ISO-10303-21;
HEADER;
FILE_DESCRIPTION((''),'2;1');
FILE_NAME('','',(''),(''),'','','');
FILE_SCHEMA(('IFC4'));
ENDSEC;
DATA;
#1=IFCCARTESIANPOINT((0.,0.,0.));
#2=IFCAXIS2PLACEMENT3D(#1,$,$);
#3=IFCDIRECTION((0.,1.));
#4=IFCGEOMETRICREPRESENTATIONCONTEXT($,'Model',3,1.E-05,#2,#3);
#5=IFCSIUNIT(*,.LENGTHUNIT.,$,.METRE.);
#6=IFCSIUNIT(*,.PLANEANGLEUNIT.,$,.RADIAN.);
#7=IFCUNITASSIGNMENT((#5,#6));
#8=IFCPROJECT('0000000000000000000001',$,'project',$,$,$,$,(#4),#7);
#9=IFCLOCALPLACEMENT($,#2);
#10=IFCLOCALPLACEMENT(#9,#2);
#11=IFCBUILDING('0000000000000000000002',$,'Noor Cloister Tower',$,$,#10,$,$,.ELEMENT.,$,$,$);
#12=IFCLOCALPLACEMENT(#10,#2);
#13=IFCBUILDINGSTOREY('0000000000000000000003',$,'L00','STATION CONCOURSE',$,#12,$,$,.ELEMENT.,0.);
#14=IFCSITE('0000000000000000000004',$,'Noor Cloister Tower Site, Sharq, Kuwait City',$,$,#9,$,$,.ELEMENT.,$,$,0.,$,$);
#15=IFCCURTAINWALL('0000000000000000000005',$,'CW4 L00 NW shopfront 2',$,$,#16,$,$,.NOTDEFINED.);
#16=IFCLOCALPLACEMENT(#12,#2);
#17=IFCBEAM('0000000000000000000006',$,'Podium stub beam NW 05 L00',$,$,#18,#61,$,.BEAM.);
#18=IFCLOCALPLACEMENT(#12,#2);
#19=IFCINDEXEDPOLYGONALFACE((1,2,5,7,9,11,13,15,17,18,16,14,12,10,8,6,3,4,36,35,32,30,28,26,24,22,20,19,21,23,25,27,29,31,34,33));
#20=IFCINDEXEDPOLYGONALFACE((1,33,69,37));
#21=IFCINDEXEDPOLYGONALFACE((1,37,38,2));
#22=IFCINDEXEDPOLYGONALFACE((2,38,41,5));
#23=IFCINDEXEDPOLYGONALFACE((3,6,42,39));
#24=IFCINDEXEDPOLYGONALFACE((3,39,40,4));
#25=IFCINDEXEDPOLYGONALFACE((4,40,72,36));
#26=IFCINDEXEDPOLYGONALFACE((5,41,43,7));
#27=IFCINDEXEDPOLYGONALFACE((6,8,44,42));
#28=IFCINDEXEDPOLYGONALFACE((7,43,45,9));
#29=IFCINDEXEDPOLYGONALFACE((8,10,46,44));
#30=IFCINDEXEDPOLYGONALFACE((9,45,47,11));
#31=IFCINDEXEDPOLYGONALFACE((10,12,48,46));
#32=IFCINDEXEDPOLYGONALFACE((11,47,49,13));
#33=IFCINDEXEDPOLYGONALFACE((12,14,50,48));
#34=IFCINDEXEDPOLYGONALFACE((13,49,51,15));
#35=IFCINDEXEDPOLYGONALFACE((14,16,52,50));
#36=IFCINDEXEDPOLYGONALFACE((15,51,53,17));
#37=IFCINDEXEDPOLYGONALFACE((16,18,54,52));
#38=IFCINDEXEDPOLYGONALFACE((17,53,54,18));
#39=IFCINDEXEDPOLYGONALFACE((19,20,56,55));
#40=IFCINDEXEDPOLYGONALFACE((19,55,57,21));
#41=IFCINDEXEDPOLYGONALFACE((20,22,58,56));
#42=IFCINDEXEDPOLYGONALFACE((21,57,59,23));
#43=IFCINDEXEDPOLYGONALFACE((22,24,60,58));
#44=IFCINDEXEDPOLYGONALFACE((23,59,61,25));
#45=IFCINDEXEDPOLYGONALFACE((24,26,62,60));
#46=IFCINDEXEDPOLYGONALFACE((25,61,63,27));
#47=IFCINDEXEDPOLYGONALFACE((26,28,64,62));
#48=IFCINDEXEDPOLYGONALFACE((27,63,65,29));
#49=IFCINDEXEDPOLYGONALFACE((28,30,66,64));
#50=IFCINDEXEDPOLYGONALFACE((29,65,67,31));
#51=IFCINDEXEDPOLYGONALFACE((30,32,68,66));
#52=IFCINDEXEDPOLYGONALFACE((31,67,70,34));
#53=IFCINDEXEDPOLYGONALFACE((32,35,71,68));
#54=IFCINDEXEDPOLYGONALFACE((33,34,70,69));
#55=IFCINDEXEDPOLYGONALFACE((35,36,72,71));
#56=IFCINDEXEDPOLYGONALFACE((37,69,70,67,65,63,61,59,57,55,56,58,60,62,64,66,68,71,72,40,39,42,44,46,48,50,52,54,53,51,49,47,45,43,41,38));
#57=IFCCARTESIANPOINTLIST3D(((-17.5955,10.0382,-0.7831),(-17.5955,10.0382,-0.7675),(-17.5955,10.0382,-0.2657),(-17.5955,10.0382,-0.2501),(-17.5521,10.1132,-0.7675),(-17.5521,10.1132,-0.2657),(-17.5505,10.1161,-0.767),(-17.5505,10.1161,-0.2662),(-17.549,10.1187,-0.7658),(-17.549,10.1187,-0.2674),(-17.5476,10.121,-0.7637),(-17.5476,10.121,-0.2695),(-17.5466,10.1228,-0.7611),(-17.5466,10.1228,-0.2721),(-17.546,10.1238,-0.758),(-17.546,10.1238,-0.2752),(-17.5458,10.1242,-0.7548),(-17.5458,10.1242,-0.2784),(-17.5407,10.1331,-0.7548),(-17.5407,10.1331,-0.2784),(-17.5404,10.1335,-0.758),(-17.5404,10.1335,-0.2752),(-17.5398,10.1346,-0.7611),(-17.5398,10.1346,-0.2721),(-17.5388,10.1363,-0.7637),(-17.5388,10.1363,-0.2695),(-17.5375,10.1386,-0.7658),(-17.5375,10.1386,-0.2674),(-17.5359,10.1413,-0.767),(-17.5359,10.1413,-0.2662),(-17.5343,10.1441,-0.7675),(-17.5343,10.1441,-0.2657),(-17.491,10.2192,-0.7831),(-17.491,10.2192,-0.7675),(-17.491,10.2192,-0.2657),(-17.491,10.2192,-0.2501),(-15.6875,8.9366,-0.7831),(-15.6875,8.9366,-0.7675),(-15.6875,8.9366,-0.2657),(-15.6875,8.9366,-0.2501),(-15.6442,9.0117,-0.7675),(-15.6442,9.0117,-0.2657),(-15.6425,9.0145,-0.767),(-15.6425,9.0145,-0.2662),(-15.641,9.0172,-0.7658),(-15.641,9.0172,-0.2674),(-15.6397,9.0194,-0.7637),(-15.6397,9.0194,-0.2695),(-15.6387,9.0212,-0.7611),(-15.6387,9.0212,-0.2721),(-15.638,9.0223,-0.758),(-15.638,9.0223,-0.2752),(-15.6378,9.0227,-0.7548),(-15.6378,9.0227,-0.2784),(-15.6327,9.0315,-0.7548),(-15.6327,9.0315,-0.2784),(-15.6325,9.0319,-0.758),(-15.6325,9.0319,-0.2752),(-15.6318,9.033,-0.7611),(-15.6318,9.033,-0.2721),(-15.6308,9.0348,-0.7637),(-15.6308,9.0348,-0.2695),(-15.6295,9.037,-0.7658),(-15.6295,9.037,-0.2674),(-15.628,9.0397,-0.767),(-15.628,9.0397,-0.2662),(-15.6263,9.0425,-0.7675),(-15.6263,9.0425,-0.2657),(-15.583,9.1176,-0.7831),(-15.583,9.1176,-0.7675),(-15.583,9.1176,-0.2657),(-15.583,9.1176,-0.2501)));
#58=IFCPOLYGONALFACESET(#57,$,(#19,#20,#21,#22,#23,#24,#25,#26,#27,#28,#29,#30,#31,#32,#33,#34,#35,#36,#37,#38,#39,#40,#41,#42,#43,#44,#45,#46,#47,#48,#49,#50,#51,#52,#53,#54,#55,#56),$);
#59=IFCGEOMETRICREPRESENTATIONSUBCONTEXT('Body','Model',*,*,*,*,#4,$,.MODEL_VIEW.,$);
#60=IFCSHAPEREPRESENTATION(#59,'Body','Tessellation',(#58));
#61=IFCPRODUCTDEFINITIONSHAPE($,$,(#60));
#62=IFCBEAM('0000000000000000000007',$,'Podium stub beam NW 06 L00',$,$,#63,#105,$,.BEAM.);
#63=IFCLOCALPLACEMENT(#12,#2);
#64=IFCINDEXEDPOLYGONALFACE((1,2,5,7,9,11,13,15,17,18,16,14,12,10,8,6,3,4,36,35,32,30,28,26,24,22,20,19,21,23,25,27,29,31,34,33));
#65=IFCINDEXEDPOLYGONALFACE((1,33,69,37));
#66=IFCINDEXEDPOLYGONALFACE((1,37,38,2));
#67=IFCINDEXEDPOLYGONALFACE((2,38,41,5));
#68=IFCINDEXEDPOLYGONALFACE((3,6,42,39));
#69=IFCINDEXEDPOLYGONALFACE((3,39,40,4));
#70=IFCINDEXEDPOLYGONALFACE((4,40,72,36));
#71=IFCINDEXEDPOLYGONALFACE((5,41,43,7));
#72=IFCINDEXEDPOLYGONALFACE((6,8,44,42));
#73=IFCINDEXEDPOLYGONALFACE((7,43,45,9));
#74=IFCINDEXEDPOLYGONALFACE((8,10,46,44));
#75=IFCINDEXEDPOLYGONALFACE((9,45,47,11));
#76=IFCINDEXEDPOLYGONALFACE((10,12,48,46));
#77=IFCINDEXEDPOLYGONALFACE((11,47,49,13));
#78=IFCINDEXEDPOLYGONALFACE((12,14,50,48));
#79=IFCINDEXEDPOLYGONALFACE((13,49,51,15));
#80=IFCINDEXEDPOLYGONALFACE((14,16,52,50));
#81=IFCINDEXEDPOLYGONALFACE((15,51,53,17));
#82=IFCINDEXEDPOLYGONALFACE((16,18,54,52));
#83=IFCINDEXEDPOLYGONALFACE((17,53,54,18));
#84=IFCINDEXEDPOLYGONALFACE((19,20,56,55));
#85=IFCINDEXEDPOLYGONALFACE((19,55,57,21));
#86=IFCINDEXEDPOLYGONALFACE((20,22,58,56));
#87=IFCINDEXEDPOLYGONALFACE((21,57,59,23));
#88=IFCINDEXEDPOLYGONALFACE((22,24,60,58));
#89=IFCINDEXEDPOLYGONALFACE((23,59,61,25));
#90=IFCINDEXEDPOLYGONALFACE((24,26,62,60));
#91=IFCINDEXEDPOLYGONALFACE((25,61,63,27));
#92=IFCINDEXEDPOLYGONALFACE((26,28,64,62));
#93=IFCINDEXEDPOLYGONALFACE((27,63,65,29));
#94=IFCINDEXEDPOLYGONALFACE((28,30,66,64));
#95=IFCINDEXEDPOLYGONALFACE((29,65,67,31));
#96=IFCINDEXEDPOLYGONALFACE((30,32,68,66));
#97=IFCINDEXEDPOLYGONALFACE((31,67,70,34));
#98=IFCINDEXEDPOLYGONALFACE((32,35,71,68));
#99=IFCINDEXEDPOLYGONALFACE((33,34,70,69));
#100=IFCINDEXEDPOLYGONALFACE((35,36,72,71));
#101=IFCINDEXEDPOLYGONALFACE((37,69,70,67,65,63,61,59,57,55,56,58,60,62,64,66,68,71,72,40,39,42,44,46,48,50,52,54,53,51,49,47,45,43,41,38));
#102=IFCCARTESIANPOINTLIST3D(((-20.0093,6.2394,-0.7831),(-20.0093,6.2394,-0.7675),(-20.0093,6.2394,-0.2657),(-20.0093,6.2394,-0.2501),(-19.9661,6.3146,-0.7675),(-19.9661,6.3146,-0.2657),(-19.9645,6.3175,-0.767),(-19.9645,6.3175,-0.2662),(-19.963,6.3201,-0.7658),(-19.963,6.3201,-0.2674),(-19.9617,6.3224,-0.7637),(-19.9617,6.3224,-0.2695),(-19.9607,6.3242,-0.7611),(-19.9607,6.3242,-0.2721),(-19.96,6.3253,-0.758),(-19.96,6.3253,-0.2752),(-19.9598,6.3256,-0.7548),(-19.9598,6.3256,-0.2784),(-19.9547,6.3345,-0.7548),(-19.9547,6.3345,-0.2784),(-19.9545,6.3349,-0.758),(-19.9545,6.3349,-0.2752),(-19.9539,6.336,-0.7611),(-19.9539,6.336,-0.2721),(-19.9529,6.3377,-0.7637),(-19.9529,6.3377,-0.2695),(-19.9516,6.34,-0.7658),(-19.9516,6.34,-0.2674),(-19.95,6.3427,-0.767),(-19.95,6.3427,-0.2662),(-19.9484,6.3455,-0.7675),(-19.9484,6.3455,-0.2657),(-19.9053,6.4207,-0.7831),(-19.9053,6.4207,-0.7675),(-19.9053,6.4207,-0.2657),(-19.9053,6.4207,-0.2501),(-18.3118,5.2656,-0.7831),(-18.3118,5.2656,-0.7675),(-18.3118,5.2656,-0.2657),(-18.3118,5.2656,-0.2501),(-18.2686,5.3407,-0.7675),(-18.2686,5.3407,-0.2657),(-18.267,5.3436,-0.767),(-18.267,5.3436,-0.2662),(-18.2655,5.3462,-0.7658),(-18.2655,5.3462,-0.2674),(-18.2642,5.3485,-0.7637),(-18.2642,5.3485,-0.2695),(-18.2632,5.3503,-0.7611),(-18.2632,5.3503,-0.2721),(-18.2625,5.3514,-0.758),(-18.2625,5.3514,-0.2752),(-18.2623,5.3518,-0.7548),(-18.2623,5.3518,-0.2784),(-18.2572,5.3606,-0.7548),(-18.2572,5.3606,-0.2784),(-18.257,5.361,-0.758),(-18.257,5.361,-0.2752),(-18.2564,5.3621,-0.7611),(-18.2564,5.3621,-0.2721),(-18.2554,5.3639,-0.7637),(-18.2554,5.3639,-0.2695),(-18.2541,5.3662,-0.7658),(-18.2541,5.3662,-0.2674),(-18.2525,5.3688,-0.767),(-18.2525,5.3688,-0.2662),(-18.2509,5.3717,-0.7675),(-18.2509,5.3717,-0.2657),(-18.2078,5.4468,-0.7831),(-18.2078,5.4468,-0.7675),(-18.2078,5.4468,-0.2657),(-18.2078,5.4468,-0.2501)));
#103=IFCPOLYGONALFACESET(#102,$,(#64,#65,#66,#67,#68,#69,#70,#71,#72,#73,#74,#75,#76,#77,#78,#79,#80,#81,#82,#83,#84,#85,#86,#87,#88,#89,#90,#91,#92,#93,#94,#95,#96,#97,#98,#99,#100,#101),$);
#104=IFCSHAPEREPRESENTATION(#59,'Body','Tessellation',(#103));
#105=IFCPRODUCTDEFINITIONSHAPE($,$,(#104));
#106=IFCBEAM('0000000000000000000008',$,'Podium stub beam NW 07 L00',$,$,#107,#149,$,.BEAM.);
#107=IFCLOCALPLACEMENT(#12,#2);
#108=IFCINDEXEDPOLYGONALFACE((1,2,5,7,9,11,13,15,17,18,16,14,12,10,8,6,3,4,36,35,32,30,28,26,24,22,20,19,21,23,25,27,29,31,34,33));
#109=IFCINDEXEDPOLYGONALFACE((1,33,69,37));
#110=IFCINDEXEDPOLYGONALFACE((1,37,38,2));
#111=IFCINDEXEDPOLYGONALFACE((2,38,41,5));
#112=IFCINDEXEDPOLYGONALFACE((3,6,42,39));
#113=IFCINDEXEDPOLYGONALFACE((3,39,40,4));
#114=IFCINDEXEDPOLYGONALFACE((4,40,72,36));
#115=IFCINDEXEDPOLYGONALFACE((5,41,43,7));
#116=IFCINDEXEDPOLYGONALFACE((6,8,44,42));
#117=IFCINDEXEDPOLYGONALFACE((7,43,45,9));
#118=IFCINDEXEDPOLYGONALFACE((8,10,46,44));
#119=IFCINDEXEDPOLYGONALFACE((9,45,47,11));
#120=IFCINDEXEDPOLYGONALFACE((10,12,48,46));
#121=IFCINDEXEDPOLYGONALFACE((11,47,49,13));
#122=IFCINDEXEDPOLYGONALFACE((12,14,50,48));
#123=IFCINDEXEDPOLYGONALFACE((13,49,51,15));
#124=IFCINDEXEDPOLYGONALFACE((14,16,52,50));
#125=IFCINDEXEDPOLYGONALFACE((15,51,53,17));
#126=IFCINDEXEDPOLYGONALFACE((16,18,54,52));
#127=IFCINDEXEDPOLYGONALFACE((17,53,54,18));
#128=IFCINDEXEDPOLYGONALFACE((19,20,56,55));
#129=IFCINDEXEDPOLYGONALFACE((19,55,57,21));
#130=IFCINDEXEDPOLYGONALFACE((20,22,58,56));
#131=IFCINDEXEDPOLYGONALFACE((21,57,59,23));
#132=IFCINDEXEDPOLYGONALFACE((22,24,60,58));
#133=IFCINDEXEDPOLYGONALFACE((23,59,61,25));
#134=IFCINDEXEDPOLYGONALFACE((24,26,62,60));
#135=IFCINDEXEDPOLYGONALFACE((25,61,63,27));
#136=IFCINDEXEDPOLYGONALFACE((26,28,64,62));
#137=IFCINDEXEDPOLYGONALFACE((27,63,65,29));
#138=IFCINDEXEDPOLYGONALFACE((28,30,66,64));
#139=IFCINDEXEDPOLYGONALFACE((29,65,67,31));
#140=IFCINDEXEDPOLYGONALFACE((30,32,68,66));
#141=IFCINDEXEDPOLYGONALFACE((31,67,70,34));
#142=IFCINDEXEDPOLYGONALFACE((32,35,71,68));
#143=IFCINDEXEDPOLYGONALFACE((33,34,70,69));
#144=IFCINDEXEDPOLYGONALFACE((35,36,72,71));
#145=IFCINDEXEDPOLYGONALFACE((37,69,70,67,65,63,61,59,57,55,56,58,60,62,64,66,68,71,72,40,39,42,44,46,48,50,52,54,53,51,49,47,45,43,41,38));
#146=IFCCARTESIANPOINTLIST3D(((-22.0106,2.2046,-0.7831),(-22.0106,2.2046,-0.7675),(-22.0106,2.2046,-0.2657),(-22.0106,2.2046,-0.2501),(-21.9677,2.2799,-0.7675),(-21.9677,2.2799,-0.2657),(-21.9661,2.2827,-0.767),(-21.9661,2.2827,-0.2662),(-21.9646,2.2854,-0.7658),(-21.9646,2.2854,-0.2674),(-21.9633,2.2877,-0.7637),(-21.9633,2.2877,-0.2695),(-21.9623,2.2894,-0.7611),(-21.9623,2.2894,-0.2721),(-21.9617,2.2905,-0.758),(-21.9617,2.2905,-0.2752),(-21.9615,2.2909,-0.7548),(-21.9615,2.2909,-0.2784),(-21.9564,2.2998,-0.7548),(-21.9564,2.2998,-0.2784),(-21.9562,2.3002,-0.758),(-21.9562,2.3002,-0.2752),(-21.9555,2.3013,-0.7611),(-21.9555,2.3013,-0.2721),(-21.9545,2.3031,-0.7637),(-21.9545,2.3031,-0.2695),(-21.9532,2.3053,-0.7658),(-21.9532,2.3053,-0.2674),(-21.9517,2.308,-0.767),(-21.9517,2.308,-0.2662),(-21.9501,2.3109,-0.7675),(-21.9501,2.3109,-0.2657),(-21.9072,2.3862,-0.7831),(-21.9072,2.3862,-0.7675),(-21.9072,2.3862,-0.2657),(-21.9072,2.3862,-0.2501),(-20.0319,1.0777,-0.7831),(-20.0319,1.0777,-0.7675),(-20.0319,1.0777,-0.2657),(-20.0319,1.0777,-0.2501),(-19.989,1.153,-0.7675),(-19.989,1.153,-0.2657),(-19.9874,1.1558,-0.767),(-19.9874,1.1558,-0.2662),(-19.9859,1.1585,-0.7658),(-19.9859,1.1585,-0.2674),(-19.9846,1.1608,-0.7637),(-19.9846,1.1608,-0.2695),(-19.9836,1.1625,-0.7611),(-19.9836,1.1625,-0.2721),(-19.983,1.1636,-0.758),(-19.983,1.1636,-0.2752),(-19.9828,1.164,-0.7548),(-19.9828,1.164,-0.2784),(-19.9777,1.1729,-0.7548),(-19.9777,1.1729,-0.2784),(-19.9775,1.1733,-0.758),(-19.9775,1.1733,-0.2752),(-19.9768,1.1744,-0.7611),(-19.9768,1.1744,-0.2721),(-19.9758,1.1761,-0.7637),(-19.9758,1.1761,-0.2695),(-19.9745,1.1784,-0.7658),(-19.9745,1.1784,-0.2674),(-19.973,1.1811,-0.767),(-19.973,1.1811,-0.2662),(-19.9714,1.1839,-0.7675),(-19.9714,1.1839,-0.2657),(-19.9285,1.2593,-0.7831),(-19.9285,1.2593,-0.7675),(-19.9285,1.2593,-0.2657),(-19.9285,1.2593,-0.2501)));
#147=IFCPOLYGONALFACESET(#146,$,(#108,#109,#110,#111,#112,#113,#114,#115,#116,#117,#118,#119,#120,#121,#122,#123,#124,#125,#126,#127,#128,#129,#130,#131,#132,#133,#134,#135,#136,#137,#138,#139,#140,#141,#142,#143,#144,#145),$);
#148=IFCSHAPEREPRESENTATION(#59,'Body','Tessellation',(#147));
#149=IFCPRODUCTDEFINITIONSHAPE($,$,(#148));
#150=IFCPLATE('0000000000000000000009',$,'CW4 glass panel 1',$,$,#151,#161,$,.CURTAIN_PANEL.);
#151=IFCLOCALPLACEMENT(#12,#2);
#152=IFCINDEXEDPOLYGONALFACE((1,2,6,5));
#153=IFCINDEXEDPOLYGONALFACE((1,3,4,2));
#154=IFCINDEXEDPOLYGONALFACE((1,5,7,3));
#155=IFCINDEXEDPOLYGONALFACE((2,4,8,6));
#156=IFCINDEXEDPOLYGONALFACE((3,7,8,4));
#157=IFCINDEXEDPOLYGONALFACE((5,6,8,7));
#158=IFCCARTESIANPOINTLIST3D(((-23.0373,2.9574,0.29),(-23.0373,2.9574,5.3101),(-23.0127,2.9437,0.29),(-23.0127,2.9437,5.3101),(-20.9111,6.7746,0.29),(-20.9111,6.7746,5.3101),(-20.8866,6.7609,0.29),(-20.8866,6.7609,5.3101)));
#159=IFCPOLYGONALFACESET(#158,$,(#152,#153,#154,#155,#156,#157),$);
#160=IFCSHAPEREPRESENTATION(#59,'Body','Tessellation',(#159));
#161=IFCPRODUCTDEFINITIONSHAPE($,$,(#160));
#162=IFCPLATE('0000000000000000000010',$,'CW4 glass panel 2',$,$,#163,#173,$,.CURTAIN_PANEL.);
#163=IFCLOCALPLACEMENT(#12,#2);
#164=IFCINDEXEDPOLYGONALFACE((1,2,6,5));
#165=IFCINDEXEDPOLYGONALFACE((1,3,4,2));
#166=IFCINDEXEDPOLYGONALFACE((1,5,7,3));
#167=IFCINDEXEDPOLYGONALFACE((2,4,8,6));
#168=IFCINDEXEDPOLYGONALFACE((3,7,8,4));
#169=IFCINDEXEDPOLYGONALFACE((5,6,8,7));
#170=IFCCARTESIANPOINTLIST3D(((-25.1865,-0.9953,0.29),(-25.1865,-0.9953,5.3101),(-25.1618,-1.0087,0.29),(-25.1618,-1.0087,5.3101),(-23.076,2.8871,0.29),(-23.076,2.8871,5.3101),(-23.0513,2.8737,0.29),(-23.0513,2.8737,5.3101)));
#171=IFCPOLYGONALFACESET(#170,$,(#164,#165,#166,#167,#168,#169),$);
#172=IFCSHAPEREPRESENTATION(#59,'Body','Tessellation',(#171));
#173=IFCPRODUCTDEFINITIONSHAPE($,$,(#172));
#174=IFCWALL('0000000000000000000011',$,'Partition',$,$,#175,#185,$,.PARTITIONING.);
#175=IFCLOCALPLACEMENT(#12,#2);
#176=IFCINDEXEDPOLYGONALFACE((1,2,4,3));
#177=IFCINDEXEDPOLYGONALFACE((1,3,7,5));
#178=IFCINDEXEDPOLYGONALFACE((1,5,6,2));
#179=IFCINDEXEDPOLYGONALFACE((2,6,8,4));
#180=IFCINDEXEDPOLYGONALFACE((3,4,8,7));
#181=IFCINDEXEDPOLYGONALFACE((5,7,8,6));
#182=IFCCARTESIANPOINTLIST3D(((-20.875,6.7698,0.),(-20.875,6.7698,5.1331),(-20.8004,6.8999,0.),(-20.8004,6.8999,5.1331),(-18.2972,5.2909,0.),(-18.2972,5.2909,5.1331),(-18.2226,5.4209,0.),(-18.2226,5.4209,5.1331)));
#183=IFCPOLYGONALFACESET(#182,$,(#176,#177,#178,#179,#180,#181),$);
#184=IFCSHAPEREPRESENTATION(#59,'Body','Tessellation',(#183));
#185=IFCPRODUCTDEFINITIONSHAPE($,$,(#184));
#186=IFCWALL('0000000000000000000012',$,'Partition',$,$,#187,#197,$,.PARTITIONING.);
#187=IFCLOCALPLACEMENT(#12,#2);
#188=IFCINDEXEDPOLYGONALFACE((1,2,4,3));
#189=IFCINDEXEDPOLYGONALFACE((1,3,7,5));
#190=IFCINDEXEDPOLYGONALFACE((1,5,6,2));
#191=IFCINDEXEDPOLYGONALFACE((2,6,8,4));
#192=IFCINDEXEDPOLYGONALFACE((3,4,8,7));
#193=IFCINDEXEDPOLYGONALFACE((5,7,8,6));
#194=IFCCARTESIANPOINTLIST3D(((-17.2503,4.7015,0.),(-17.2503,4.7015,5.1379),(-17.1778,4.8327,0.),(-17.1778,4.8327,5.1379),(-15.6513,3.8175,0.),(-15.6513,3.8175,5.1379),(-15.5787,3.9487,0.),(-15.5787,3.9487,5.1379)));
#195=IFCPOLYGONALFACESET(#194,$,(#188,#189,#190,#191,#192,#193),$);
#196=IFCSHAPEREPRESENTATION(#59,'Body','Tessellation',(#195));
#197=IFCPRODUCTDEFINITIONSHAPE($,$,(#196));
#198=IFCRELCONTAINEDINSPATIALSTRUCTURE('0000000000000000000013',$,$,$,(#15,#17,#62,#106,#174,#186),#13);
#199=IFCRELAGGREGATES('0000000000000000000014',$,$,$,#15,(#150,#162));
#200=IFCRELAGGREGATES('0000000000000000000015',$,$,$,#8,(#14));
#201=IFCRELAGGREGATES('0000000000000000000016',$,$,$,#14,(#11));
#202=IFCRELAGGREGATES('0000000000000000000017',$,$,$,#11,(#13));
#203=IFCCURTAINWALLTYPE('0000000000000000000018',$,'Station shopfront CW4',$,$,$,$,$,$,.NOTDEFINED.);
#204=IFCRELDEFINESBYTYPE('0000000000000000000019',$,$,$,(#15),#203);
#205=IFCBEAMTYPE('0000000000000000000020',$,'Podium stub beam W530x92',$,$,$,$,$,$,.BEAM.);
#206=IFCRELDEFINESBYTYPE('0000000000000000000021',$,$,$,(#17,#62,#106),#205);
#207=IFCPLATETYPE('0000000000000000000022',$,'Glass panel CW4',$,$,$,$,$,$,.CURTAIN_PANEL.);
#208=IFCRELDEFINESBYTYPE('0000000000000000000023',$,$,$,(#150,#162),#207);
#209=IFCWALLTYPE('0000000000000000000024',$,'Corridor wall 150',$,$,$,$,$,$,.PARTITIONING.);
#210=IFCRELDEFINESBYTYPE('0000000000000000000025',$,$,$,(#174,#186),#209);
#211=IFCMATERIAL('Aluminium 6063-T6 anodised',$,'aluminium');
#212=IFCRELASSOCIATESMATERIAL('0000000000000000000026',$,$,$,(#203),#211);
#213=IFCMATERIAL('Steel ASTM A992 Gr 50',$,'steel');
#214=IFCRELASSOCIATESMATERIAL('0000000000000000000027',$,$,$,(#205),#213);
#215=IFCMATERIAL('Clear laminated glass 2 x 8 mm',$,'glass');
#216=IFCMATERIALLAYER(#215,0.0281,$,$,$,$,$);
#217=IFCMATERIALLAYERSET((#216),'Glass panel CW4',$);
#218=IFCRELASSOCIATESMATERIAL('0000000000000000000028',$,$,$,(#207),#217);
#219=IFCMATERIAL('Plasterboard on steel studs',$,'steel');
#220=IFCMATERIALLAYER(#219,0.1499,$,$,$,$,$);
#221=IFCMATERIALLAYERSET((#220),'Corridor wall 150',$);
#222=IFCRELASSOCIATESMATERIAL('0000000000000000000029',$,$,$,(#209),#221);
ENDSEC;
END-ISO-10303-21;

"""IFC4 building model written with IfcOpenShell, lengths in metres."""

from ifc_helpers import new_model, si_unit, direction, frame, frame_2d, origin, origin_2d, place, context, subcontext, project, spatial, rectangle, i_section, extrude, material, layer, layer_set, material_profile, profile_set, type_object, element, aggregate, save


model = new_model("IFC4")

# Units and contexts
model_context = context("Model", 3, precision=1e-05, world=origin(), true_north=direction((0.0, 1.0)))
body_context = subcontext(model_context, "Body", "Model", "MODEL_VIEW")
ifc_project = project(units=[si_unit("LENGTHUNIT", "METRE"), si_unit("PLANEANGLEUNIT", "RADIAN")], contexts=[model_context])

# Site, building, storey
site_placement = place(None, origin())
site = spatial("IfcSite", under=ifc_project, at=site_placement, Name="Noor Cloister Tower Site, Sharq, Kuwait City", CompositionType="ELEMENT", RefElevation=0.0)
building_placement = place(site_placement, origin())
building = spatial("IfcBuilding", under=site, at=building_placement, Name="Noor Cloister Tower", CompositionType="ELEMENT")
storey_placement = place(building_placement, origin())
storey = spatial("IfcBuildingStorey", under=building, at=storey_placement, Name="L00", Description="STATION CONCOURSE", CompositionType="ELEMENT", Elevation=0.0)

# Curtain wall
ifc_material_1 = material(Name="Aluminium 6063-T6 anodised", Category="aluminium")
curtain_wall_type = type_object("IfcCurtainWallType", Name="Station shopfront CW4", PredefinedType="NOTDEFINED", material=ifc_material_1)
curtain_wall_placement = place(storey_placement, origin())
curtain_wall = element("IfcCurtainWall", 1, at=curtain_wall_placement, inside=storey, type_object=curtain_wall_type, Name="CW4 L00 NW shopfront 2", PredefinedType="NOTDEFINED")

# Beams
ifc_material_2 = material(Name="Steel ASTM A992 Gr 50", Category="steel")
ifc_material_profile_1 = material_profile(ifc_material_2, i_section(OverallWidth=0.209, OverallDepth=0.533, WebThickness=0.0103, FlangeThickness=0.0156, FilletRadius=0.0127, at=origin_2d()), Name="W530x92")
ifc_profile_set_1 = profile_set([ifc_material_profile_1], Name="Steel ASTM A992 Gr 50")
beam_type_1 = type_object("IfcBeamType", Name="Podium stub beam W530x92", PredefinedType="BEAM", material=ifc_profile_set_1)
beam_1_placement = place(storey_placement, frame((-15.6353, 9.0271, -0.5166), z_axis=(-0.866025, 0.500001, 0.0), x_axis=(-0.500001, -0.866025, 0.0)))
element("IfcBeam", 2, at=beam_1_placement, inside=storey, type_object=beam_type_1, Name="Podium stub beam NW 05 L00", PredefinedType="BEAM", context=body_context, shape_type="SweptSolid", body=[
    extrude(i_section(OverallWidth=0.209, OverallDepth=0.533, WebThickness=0.0103, FlangeThickness=0.0156, FilletRadius=0.0127, at=origin_2d()), origin(), (0.0, 0.0, 1.0), 2.2031),
])
beam_2_placement = place(storey_placement, frame((-18.2598, 5.3562, -0.5166), z_axis=(-0.86739, 0.497629, 0.0), x_axis=(-0.497629, -0.86739, 0.0)))
element("IfcBeam", 3, at=beam_2_placement, inside=storey, type_object=beam_type_1, Name="Podium stub beam NW 06 L00", PredefinedType="BEAM", context=body_context, shape_type="SweptSolid", body=[
    extrude(i_section(OverallWidth=0.209, OverallDepth=0.533, WebThickness=0.0103, FlangeThickness=0.0156, FilletRadius=0.0127, at=origin_2d()), origin(), (0.0, 0.0, 1.0), 1.957),
])
beam_3_placement = place(storey_placement, frame((-19.9802, 1.1685, -0.5166), z_axis=(-0.868955, 0.494891, 0.0), x_axis=(-0.494891, -0.868955, 0.0)))
element("IfcBeam", 4, at=beam_3_placement, inside=storey, type_object=beam_type_1, Name="Podium stub beam NW 07 L00", PredefinedType="BEAM", context=body_context, shape_type="SweptSolid", body=[
    extrude(i_section(OverallWidth=0.209, OverallDepth=0.533, WebThickness=0.0103, FlangeThickness=0.0156, FilletRadius=0.0127, at=origin_2d()), origin(), (0.0, 0.0, 1.0), 2.2771),
])

# Plates
ifc_material_3 = material(Name="Clear laminated glass 2 x 8 mm", Category="glass")
ifc_layer_1 = layer(ifc_material_3, 0.0281)
ifc_layer_set_1 = layer_set([ifc_layer_1], Name="Glass panel CW4")
plate_type = type_object("IfcPlateType", Name="Glass panel CW4", PredefinedType="CURTAIN_PANEL", material=ifc_layer_set_1)
plate_1_placement = place(storey_placement, frame((-21.9619, 4.8591, 0.29), z_axis=(0.0, 0.0, 1.0), x_axis=(-0.486601, -0.873624, 0.0)))
plate_1 = element("IfcPlate", 5, at=plate_1_placement, type_object=plate_type, Name="CW4 glass panel 1", PredefinedType="CURTAIN_PANEL", context=body_context, shape_type="SweptSolid", body=[
    extrude(rectangle(XDim=4.3694, YDim=0.0281, at=origin_2d()), origin(), (0.0, 0.0, 1.0), 5.02),
])
plate_2_placement = place(storey_placement, frame((-24.1189, 0.9392, 0.29), z_axis=(0.0, 0.0, 1.0), x_axis=(-0.477604, -0.878575, 0.0)))
plate_2 = element("IfcPlate", 6, at=plate_2_placement, type_object=plate_type, Name="CW4 glass panel 2", PredefinedType="CURTAIN_PANEL", context=body_context, shape_type="SweptSolid", body=[
    extrude(rectangle(XDim=4.4189, YDim=0.0281, at=origin_2d()), origin(), (0.0, 0.0, 1.0), 5.02),
])
aggregate(curtain_wall, [plate_1, plate_2])

# Walls
ifc_material_4 = material(Name="Plasterboard on steel studs", Category="steel")
ifc_layer_2 = layer(ifc_material_4, 0.1499)
ifc_layer_set_2 = layer_set([ifc_layer_2], Name="Corridor wall 150")
wall_type_1 = type_object("IfcWallType", Name="Corridor wall 150", PredefinedType="PARTITIONING", material=ifc_layer_set_2)
wall_1_placement = place(storey_placement, frame((-18.26, 5.356, 0.0), z_axis=(0.0, 0.0, 1.0), x_axis=(-0.867382, 0.497642, 0.0)))
element("IfcWall", 7, at=wall_1_placement, inside=storey, type_object=wall_type_1, Name="Partition", PredefinedType="PARTITIONING", context=body_context, shape_type="SweptSolid", body=[
    extrude(rectangle(XDim=2.9719, YDim=0.1499, at=frame_2d((1.4858, 0.0))), origin(), (0.0, 0.0, 1.0), 5.1331),
])
wall_2_placement = place(storey_placement, frame((-15.615, 3.8831, 0.0), z_axis=(0.0, 0.0, 1.0), x_axis=(-0.87517, 0.483815, 0.0)))
element("IfcWall", 8, at=wall_2_placement, inside=storey, type_object=wall_type_1, Name="Partition", PredefinedType="PARTITIONING", context=body_context, shape_type="SweptSolid", body=[
    extrude(rectangle(XDim=1.8271, YDim=0.1499, at=frame_2d((0.9136, 0.0))), origin(), (0.0, 0.0, 1.0), 5.1379),
])

save(model, "model.ifc")
